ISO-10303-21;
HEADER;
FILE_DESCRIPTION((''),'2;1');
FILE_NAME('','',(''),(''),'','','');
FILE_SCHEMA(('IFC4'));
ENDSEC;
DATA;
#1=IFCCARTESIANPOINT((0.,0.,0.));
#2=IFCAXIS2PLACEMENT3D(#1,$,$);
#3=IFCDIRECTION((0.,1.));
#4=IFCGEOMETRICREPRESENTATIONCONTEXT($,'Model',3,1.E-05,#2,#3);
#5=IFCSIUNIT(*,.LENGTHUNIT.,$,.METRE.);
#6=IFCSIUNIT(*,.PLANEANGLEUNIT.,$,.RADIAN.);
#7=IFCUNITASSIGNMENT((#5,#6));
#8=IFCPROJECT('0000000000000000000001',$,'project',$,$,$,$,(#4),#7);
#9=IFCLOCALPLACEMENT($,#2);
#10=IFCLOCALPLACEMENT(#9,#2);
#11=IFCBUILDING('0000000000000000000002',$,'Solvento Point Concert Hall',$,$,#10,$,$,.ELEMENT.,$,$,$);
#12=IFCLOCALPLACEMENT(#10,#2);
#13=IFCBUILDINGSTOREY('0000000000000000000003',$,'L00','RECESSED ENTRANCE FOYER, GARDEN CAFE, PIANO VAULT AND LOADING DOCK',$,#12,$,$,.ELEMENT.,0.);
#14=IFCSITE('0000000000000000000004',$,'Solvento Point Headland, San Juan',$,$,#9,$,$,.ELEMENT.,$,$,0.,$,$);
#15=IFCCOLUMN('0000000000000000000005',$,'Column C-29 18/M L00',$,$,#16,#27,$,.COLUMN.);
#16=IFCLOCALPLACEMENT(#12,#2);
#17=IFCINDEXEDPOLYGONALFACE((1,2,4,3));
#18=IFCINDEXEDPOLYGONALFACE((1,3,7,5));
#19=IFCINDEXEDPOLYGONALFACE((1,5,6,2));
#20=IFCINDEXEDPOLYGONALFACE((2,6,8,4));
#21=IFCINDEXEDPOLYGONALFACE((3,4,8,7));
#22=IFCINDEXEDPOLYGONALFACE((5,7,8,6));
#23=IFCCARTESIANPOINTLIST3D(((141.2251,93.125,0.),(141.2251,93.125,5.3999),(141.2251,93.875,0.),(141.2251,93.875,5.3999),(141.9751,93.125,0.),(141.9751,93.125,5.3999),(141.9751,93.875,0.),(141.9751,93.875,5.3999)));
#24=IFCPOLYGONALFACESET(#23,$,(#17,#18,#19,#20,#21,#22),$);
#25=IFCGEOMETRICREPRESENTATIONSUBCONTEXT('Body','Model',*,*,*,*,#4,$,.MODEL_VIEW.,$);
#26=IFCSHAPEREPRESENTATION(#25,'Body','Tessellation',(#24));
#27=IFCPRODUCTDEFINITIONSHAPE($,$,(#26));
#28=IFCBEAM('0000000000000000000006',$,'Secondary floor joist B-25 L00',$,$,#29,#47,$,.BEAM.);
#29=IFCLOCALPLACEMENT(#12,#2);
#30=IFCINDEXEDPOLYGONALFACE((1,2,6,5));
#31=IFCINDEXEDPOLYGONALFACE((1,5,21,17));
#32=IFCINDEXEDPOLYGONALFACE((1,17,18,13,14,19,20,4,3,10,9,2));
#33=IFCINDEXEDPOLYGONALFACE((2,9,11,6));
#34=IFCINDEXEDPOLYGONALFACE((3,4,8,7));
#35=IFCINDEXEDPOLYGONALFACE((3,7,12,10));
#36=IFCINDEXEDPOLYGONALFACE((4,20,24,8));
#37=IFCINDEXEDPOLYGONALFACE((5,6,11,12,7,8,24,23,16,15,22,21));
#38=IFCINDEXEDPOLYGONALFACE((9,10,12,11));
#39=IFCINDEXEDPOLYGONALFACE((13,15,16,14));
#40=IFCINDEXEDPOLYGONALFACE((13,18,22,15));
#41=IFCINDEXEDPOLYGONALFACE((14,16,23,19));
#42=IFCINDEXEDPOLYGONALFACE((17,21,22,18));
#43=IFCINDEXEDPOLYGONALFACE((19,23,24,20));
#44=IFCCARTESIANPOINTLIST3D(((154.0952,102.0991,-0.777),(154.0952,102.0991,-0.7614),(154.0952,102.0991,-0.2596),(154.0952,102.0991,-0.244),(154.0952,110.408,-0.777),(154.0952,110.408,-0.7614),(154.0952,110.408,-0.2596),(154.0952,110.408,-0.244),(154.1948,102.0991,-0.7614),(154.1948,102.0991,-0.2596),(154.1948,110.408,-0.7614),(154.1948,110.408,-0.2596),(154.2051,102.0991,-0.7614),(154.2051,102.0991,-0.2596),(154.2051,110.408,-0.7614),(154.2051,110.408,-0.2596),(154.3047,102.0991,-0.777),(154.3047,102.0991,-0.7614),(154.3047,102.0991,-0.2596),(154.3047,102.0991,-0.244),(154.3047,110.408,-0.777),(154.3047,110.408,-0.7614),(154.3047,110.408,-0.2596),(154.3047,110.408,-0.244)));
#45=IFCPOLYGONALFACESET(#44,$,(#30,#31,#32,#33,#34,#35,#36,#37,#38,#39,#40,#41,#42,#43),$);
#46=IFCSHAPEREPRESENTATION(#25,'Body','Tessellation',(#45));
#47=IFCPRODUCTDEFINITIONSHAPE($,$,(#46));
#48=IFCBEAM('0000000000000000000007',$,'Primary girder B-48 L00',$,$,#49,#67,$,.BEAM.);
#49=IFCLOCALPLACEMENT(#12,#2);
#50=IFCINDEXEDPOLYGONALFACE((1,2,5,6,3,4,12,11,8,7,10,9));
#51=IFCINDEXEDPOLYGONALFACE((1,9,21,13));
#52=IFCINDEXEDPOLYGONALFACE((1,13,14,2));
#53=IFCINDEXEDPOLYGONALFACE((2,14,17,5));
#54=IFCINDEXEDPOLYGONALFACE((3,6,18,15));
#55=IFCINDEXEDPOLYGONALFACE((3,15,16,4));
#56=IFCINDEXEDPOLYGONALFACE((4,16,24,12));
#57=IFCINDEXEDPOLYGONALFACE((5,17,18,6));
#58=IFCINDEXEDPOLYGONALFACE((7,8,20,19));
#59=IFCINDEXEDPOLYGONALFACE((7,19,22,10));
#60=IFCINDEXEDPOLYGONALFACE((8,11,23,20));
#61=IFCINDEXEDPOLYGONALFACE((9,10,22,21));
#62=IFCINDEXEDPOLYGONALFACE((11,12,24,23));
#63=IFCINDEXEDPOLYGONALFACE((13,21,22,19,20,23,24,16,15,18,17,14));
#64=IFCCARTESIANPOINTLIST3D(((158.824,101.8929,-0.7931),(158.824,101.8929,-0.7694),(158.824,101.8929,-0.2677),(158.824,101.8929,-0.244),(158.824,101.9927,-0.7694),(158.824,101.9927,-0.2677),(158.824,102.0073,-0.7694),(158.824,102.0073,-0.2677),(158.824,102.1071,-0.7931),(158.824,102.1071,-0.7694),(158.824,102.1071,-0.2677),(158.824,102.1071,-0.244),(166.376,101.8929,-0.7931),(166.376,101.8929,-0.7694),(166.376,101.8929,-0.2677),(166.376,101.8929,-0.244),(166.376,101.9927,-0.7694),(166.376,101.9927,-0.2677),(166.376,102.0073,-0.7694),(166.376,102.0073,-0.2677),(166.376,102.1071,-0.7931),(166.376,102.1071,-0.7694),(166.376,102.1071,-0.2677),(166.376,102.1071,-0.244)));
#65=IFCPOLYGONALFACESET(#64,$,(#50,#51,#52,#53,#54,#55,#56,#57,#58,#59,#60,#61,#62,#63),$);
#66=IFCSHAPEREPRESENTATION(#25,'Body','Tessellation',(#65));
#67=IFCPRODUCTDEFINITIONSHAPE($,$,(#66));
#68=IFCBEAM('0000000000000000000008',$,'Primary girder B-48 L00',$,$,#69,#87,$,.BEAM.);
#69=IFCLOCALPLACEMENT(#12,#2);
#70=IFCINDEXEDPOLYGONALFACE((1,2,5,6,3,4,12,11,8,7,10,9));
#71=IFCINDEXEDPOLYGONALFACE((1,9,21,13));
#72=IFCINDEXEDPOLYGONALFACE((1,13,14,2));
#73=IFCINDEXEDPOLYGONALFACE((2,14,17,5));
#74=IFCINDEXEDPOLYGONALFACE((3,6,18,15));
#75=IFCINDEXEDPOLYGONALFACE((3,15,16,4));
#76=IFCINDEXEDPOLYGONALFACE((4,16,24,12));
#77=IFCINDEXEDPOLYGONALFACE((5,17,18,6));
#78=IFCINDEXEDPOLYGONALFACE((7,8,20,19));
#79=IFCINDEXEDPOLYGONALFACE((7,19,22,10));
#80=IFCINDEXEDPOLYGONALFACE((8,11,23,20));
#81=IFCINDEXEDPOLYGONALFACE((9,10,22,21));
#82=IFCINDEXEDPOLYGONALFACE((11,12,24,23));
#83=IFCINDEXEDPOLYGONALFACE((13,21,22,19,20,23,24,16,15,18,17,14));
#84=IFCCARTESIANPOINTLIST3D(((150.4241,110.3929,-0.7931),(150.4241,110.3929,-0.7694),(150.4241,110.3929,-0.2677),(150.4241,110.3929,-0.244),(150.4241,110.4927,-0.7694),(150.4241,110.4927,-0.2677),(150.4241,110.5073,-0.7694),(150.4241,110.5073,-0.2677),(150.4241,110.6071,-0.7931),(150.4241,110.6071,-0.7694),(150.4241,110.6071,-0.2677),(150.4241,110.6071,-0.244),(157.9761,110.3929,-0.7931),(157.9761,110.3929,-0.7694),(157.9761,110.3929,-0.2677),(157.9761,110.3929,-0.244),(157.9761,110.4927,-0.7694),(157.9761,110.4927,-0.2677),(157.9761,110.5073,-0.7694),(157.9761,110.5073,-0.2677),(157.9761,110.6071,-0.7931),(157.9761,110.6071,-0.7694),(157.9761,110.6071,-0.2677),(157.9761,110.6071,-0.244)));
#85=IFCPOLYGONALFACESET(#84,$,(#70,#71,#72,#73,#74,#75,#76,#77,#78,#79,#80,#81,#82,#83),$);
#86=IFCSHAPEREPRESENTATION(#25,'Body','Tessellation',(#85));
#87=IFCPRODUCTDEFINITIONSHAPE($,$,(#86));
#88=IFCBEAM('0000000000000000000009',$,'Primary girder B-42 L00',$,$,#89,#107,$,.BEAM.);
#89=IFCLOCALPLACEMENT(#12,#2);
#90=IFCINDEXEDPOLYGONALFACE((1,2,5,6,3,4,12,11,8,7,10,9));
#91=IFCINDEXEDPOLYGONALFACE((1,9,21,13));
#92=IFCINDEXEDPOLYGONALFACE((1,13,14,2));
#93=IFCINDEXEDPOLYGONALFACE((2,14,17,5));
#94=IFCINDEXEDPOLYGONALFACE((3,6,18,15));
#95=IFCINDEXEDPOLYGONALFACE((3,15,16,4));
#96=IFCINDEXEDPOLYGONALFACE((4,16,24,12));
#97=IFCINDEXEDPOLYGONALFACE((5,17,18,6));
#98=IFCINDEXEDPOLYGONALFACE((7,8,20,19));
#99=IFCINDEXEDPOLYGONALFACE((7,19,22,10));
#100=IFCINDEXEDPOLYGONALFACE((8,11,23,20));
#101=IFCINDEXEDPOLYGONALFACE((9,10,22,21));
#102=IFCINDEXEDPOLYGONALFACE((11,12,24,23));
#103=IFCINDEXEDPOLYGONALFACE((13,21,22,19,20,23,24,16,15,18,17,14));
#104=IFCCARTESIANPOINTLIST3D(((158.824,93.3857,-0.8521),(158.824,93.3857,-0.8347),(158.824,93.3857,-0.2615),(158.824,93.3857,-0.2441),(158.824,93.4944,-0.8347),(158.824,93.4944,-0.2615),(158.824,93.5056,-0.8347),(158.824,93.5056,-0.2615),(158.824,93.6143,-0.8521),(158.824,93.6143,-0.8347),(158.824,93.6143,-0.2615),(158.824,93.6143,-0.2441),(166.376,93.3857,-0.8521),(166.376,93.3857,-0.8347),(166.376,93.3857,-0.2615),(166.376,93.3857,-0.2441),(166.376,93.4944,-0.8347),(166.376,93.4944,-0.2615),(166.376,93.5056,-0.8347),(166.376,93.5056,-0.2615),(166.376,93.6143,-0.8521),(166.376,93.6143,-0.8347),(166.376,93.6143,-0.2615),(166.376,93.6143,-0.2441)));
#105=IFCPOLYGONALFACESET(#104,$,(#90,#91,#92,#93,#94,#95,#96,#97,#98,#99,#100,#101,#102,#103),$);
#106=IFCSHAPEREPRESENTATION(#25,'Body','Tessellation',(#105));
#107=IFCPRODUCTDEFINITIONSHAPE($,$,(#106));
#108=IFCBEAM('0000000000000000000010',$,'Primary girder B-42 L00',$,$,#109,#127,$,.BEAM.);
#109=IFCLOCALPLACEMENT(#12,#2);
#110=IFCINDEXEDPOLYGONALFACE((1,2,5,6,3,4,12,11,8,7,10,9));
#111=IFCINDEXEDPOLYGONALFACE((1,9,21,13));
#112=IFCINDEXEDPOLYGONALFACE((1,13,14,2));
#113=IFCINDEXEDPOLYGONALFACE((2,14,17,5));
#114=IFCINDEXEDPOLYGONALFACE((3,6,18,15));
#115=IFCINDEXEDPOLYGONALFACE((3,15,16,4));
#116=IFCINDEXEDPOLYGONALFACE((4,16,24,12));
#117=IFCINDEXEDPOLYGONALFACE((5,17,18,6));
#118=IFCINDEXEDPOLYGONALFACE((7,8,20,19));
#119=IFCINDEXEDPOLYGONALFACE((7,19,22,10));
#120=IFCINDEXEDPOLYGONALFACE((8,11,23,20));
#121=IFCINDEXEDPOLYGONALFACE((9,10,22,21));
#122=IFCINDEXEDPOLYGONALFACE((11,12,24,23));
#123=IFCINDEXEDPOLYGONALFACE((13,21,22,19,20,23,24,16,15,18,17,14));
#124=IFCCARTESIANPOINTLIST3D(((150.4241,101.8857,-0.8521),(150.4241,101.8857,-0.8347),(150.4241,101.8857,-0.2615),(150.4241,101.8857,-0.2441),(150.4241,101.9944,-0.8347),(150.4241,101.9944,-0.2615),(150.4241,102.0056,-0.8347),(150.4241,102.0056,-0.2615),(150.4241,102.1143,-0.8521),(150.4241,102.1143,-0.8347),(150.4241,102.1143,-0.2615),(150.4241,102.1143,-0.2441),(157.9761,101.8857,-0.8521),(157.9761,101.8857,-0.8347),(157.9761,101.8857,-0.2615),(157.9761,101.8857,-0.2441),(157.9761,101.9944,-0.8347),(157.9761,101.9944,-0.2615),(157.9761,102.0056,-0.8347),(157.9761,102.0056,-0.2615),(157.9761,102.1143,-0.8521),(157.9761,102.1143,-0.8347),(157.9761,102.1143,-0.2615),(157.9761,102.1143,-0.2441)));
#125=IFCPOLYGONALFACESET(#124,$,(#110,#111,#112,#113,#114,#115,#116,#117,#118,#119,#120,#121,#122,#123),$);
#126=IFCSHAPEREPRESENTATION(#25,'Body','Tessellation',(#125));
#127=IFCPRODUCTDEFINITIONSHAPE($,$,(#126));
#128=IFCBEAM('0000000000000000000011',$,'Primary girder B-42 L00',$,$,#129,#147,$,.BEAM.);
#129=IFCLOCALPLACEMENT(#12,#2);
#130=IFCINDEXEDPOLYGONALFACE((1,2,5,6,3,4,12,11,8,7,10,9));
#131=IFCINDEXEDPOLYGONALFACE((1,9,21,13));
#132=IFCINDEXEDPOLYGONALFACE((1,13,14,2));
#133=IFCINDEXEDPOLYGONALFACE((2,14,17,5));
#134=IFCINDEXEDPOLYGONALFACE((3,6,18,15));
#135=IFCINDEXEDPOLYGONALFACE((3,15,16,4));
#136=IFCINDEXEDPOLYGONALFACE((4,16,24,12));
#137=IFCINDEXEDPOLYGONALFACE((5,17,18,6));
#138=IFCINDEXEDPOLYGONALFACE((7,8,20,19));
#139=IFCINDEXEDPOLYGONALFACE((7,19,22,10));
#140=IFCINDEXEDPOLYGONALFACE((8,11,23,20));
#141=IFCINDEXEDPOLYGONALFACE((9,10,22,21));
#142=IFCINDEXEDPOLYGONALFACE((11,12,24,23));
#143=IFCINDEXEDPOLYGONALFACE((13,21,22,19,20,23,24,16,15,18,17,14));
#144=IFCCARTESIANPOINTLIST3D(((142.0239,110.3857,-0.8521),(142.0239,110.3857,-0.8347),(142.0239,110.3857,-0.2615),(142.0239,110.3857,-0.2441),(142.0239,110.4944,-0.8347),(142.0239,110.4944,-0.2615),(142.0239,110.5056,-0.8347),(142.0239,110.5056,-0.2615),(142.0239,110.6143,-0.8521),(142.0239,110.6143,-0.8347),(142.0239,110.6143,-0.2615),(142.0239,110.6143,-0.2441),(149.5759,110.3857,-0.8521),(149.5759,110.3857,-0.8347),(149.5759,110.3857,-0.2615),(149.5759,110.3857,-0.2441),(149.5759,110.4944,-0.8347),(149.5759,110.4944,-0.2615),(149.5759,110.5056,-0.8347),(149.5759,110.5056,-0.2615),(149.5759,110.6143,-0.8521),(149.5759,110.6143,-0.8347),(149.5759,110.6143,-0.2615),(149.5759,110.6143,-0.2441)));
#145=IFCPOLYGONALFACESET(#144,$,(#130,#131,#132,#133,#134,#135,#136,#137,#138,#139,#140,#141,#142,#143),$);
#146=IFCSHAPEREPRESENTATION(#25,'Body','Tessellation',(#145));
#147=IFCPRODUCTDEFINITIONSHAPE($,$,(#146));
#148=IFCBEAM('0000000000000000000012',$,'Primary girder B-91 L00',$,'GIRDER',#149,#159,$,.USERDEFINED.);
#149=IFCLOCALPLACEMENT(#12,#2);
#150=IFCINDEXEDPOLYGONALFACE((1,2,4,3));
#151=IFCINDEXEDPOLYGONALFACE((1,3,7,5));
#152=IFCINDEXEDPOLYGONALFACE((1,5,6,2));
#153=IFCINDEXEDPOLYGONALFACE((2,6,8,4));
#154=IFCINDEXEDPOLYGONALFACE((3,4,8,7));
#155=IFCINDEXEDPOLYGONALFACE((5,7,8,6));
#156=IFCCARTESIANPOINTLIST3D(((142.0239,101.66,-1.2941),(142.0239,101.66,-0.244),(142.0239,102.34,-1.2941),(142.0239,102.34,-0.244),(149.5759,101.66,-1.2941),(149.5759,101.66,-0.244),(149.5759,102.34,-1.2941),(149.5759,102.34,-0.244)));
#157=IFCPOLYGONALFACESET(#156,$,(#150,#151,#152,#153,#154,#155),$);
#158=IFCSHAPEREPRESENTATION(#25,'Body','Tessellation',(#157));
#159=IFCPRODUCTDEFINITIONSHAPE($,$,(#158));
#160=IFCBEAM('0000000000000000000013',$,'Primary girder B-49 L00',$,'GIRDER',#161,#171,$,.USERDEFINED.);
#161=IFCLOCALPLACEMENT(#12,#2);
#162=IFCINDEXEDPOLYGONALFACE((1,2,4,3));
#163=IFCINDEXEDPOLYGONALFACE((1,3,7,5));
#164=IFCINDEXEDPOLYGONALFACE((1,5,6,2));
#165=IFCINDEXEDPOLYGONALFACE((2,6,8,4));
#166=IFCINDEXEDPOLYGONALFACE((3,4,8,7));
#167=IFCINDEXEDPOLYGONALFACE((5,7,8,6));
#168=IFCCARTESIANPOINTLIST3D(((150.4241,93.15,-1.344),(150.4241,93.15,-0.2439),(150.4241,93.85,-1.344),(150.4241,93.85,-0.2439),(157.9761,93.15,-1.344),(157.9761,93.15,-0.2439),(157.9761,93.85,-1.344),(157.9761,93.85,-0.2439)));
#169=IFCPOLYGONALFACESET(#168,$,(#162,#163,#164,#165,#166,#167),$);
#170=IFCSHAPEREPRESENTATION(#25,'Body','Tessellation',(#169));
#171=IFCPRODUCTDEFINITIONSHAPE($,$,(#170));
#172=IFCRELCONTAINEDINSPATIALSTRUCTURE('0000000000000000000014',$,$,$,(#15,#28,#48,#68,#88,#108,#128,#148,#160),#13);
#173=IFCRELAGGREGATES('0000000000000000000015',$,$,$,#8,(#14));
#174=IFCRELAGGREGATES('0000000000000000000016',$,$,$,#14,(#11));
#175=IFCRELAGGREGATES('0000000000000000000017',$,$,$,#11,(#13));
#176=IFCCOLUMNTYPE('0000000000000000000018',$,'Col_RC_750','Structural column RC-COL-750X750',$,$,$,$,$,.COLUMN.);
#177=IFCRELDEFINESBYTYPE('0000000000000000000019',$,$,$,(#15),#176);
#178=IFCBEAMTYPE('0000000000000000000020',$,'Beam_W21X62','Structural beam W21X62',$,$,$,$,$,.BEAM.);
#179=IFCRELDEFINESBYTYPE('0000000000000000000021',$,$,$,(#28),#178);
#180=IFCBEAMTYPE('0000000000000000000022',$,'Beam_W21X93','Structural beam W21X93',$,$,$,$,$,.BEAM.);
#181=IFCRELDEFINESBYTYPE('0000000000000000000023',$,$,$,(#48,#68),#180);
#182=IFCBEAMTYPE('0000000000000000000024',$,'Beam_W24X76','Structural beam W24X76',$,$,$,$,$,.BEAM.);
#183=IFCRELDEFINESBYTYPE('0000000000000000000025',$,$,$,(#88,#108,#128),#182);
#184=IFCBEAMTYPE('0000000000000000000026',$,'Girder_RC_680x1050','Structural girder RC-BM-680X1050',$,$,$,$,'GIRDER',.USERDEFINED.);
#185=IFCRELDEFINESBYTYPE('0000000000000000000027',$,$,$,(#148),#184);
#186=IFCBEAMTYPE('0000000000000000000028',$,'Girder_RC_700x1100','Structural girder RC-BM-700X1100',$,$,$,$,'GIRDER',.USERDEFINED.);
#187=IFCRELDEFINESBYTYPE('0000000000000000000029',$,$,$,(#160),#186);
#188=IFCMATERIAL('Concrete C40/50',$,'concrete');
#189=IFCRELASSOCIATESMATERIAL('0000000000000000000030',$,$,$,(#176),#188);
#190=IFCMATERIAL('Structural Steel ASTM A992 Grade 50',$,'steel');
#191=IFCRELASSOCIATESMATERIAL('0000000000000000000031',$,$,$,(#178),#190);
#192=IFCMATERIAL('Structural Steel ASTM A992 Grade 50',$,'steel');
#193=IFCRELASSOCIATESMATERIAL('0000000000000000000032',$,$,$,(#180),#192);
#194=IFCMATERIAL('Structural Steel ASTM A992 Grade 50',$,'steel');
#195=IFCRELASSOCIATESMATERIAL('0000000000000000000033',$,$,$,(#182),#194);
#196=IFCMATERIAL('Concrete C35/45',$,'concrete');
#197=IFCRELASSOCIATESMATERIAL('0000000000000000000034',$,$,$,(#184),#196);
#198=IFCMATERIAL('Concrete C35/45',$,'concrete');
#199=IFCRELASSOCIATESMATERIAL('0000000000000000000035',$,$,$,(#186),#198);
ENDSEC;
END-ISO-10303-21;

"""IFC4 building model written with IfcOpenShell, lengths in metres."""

from ifc_helpers import new_model, si_unit, direction, frame, origin, origin_2d, place, context, subcontext, project, spatial, rectangle, i_section, extrude, material, material_profile, profile_set, type_object, element, save


model = new_model("IFC4")

# Units and contexts
model_context = context("Model", 3, precision=1e-05, world=origin(), true_north=direction((0.0, 1.0)))
body_context = subcontext(model_context, "Body", "Model", "MODEL_VIEW")
ifc_project = project(units=[si_unit("LENGTHUNIT", "METRE"), si_unit("PLANEANGLEUNIT", "RADIAN")], contexts=[model_context])

# Site, building, storey
site_placement = place(None, origin())
site = spatial("IfcSite", under=ifc_project, at=site_placement, Name="Solvento Point Headland, San Juan", CompositionType="ELEMENT", RefElevation=0.0)
building_placement = place(site_placement, origin())
building = spatial("IfcBuilding", under=site, at=building_placement, Name="Solvento Point Concert Hall", CompositionType="ELEMENT")
storey_placement = place(building_placement, origin())
storey = spatial("IfcBuildingStorey", under=building, at=storey_placement, Name="L00", Description="RECESSED ENTRANCE FOYER, GARDEN CAFE, PIANO VAULT AND LOADING DOCK", CompositionType="ELEMENT", Elevation=0.0)

# Column
ifc_material_1 = material(Name="Concrete C40/50", Category="concrete")
ifc_material_profile_1 = material_profile(ifc_material_1, rectangle(XDim=0.75, YDim=0.75, at=origin_2d()), Name="RC-COL-750X750")
ifc_profile_set_1 = profile_set([ifc_material_profile_1], Name="Concrete C40/50")
column_type = type_object("IfcColumnType", Name="Col_RC_750", Description="Structural column RC-COL-750X750", PredefinedType="COLUMN", material=ifc_profile_set_1)
column_placement = place(storey_placement, frame((141.6001, 93.5, 0.0), z_axis=(0.0, 0.0, 1.0), x_axis=(1.0, 0.0, 0.0)))
element("IfcColumn", 1, at=column_placement, inside=storey, type_object=column_type, Name="Column C-29 18/M L00", PredefinedType="COLUMN", context=body_context, shape_type="SweptSolid", body=[
    extrude(rectangle(XDim=0.75, YDim=0.75, at=origin_2d()), origin(), (0.0, 0.0, 1.0), 5.3999),
])

# Beams
ifc_material_2 = material(Name="Structural Steel ASTM A992 Grade 50", Category="steel")
ifc_material_profile_2 = material_profile(ifc_material_2, i_section(OverallWidth=0.2095, OverallDepth=0.533, WebThickness=0.0103, FlangeThickness=0.0156, at=origin_2d()), Name="W21X62")
ifc_profile_set_2 = profile_set([ifc_material_profile_2], Name="Structural Steel ASTM A992 Grade 50")
beam_type_1 = type_object("IfcBeamType", Name="Beam_W21X62", Description="Structural beam W21X62", PredefinedType="BEAM", material=ifc_profile_set_2)
beam_1_placement = place(storey_placement, frame((154.2, 102.0991, -0.5105), z_axis=(0.0, 1.0, 0.0), x_axis=(-1.0, 0.0, 0.0)))
element("IfcBeam", 2, at=beam_1_placement, inside=storey, type_object=beam_type_1, Name="Secondary floor joist B-25 L00", PredefinedType="BEAM", context=body_context, shape_type="SweptSolid", body=[
    extrude(i_section(OverallWidth=0.2095, OverallDepth=0.533, WebThickness=0.0103, FlangeThickness=0.0156, at=origin_2d()), origin(), (0.0, 0.0, 1.0), 8.3088),
])
ifc_material_3 = material(Name="Structural Steel ASTM A992 Grade 50", Category="steel")
ifc_material_profile_3 = material_profile(ifc_material_3, i_section(OverallWidth=0.2141, OverallDepth=0.5491, WebThickness=0.0146, FlangeThickness=0.0237, at=origin_2d()), Name="W21X93")
ifc_profile_set_3 = profile_set([ifc_material_profile_3], Name="Structural Steel ASTM A992 Grade 50")
beam_type_2 = type_object("IfcBeamType", Name="Beam_W21X93", Description="Structural beam W21X93", PredefinedType="BEAM", material=ifc_profile_set_3)
for number, where, z_axis, x_axis, name in (
    (3, (158.824, 102.0, -0.5186), (1.0, 0.0, 0.0), (0.0, 1.0, 0.0), "Primary girder B-48 L00"),
    (4, (150.4241, 110.5, -0.5186), (1.0, 0.0, 0.0), (0.0, 1.0, 0.0), "Primary girder B-48 L00"),
):
    element("IfcBeam", number, at=place(storey_placement, frame(where, z_axis=z_axis, x_axis=x_axis)), inside=storey, type_object=beam_type_2, Name=name, PredefinedType="BEAM", context=body_context, shape_type="SweptSolid", body=[
        extrude(i_section(OverallWidth=0.2141, OverallDepth=0.5491, WebThickness=0.0146, FlangeThickness=0.0237, at=origin_2d()), origin(), (0.0, 0.0, 1.0), 7.552),
    ])
ifc_material_4 = material(Name="Structural Steel ASTM A992 Grade 50", Category="steel")
ifc_material_profile_4 = material_profile(ifc_material_4, i_section(OverallWidth=0.2285, OverallDepth=0.6079, WebThickness=0.0112, FlangeThickness=0.0173, at=origin_2d()), Name="W24X76")
ifc_profile_set_4 = profile_set([ifc_material_profile_4], Name="Structural Steel ASTM A992 Grade 50")
beam_type_3 = type_object("IfcBeamType", Name="Beam_W24X76", Description="Structural beam W24X76", PredefinedType="BEAM", material=ifc_profile_set_4)
for number, where, z_axis, x_axis, name in (
    (5, (158.824, 93.5, -0.5481), (1.0, 0.0, 0.0), (0.0, 1.0, 0.0), "Primary girder B-42 L00"),
    (6, (150.4241, 102.0, -0.5481), (1.0, 0.0, 0.0), (0.0, 1.0, 0.0), "Primary girder B-42 L00"),
    (7, (142.0239, 110.5, -0.5481), (1.0, 0.0, 0.0), (0.0, 1.0, 0.0), "Primary girder B-42 L00"),
):
    element("IfcBeam", number, at=place(storey_placement, frame(where, z_axis=z_axis, x_axis=x_axis)), inside=storey, type_object=beam_type_3, Name=name, PredefinedType="BEAM", context=body_context, shape_type="SweptSolid", body=[
        extrude(i_section(OverallWidth=0.2285, OverallDepth=0.6079, WebThickness=0.0112, FlangeThickness=0.0173, at=origin_2d()), origin(), (0.0, 0.0, 1.0), 7.552),
    ])
ifc_material_5 = material(Name="Concrete C35/45", Category="concrete")
ifc_material_profile_5 = material_profile(ifc_material_5, rectangle(XDim=0.6799, YDim=1.05, at=origin_2d()), Name="RC-BM-680X1050")
ifc_profile_set_5 = profile_set([ifc_material_profile_5], Name="Concrete C35/45")
beam_type_4 = type_object("IfcBeamType", Name="Girder_RC_680x1050", Description="Structural girder RC-BM-680X1050", ElementType="GIRDER", PredefinedType="USERDEFINED", material=ifc_profile_set_5)
beam_2_placement = place(storey_placement, frame((142.0239, 102.0, -0.769), z_axis=(1.0, 0.0, 0.0), x_axis=(0.0, 1.0, 0.0)))
element("IfcBeam", 8, at=beam_2_placement, inside=storey, type_object=beam_type_4, Name="Primary girder B-91 L00", ObjectType="GIRDER", PredefinedType="USERDEFINED", context=body_context, shape_type="SweptSolid", body=[
    extrude(rectangle(XDim=0.6799, YDim=1.05, at=origin_2d()), origin(), (0.0, 0.0, 1.0), 7.552),
])
ifc_material_6 = material(Name="Concrete C35/45", Category="concrete")
ifc_material_profile_6 = material_profile(ifc_material_6, rectangle(XDim=0.7, YDim=1.1001, at=origin_2d()), Name="RC-BM-700X1100")
ifc_profile_set_6 = profile_set([ifc_material_profile_6], Name="Concrete C35/45")
beam_type_5 = type_object("IfcBeamType", Name="Girder_RC_700x1100", Description="Structural girder RC-BM-700X1100", ElementType="GIRDER", PredefinedType="USERDEFINED", material=ifc_profile_set_6)
beam_3_placement = place(storey_placement, frame((150.4241, 93.5, -0.7939), z_axis=(1.0, 0.0, 0.0), x_axis=(0.0, 1.0, 0.0)))
element("IfcBeam", 9, at=beam_3_placement, inside=storey, type_object=beam_type_5, Name="Primary girder B-49 L00", ObjectType="GIRDER", PredefinedType="USERDEFINED", context=body_context, shape_type="SweptSolid", body=[
    extrude(rectangle(XDim=0.7, YDim=1.1001, at=origin_2d()), origin(), (0.0, 0.0, 1.0), 7.552),
])

save(model, "model.ifc")
